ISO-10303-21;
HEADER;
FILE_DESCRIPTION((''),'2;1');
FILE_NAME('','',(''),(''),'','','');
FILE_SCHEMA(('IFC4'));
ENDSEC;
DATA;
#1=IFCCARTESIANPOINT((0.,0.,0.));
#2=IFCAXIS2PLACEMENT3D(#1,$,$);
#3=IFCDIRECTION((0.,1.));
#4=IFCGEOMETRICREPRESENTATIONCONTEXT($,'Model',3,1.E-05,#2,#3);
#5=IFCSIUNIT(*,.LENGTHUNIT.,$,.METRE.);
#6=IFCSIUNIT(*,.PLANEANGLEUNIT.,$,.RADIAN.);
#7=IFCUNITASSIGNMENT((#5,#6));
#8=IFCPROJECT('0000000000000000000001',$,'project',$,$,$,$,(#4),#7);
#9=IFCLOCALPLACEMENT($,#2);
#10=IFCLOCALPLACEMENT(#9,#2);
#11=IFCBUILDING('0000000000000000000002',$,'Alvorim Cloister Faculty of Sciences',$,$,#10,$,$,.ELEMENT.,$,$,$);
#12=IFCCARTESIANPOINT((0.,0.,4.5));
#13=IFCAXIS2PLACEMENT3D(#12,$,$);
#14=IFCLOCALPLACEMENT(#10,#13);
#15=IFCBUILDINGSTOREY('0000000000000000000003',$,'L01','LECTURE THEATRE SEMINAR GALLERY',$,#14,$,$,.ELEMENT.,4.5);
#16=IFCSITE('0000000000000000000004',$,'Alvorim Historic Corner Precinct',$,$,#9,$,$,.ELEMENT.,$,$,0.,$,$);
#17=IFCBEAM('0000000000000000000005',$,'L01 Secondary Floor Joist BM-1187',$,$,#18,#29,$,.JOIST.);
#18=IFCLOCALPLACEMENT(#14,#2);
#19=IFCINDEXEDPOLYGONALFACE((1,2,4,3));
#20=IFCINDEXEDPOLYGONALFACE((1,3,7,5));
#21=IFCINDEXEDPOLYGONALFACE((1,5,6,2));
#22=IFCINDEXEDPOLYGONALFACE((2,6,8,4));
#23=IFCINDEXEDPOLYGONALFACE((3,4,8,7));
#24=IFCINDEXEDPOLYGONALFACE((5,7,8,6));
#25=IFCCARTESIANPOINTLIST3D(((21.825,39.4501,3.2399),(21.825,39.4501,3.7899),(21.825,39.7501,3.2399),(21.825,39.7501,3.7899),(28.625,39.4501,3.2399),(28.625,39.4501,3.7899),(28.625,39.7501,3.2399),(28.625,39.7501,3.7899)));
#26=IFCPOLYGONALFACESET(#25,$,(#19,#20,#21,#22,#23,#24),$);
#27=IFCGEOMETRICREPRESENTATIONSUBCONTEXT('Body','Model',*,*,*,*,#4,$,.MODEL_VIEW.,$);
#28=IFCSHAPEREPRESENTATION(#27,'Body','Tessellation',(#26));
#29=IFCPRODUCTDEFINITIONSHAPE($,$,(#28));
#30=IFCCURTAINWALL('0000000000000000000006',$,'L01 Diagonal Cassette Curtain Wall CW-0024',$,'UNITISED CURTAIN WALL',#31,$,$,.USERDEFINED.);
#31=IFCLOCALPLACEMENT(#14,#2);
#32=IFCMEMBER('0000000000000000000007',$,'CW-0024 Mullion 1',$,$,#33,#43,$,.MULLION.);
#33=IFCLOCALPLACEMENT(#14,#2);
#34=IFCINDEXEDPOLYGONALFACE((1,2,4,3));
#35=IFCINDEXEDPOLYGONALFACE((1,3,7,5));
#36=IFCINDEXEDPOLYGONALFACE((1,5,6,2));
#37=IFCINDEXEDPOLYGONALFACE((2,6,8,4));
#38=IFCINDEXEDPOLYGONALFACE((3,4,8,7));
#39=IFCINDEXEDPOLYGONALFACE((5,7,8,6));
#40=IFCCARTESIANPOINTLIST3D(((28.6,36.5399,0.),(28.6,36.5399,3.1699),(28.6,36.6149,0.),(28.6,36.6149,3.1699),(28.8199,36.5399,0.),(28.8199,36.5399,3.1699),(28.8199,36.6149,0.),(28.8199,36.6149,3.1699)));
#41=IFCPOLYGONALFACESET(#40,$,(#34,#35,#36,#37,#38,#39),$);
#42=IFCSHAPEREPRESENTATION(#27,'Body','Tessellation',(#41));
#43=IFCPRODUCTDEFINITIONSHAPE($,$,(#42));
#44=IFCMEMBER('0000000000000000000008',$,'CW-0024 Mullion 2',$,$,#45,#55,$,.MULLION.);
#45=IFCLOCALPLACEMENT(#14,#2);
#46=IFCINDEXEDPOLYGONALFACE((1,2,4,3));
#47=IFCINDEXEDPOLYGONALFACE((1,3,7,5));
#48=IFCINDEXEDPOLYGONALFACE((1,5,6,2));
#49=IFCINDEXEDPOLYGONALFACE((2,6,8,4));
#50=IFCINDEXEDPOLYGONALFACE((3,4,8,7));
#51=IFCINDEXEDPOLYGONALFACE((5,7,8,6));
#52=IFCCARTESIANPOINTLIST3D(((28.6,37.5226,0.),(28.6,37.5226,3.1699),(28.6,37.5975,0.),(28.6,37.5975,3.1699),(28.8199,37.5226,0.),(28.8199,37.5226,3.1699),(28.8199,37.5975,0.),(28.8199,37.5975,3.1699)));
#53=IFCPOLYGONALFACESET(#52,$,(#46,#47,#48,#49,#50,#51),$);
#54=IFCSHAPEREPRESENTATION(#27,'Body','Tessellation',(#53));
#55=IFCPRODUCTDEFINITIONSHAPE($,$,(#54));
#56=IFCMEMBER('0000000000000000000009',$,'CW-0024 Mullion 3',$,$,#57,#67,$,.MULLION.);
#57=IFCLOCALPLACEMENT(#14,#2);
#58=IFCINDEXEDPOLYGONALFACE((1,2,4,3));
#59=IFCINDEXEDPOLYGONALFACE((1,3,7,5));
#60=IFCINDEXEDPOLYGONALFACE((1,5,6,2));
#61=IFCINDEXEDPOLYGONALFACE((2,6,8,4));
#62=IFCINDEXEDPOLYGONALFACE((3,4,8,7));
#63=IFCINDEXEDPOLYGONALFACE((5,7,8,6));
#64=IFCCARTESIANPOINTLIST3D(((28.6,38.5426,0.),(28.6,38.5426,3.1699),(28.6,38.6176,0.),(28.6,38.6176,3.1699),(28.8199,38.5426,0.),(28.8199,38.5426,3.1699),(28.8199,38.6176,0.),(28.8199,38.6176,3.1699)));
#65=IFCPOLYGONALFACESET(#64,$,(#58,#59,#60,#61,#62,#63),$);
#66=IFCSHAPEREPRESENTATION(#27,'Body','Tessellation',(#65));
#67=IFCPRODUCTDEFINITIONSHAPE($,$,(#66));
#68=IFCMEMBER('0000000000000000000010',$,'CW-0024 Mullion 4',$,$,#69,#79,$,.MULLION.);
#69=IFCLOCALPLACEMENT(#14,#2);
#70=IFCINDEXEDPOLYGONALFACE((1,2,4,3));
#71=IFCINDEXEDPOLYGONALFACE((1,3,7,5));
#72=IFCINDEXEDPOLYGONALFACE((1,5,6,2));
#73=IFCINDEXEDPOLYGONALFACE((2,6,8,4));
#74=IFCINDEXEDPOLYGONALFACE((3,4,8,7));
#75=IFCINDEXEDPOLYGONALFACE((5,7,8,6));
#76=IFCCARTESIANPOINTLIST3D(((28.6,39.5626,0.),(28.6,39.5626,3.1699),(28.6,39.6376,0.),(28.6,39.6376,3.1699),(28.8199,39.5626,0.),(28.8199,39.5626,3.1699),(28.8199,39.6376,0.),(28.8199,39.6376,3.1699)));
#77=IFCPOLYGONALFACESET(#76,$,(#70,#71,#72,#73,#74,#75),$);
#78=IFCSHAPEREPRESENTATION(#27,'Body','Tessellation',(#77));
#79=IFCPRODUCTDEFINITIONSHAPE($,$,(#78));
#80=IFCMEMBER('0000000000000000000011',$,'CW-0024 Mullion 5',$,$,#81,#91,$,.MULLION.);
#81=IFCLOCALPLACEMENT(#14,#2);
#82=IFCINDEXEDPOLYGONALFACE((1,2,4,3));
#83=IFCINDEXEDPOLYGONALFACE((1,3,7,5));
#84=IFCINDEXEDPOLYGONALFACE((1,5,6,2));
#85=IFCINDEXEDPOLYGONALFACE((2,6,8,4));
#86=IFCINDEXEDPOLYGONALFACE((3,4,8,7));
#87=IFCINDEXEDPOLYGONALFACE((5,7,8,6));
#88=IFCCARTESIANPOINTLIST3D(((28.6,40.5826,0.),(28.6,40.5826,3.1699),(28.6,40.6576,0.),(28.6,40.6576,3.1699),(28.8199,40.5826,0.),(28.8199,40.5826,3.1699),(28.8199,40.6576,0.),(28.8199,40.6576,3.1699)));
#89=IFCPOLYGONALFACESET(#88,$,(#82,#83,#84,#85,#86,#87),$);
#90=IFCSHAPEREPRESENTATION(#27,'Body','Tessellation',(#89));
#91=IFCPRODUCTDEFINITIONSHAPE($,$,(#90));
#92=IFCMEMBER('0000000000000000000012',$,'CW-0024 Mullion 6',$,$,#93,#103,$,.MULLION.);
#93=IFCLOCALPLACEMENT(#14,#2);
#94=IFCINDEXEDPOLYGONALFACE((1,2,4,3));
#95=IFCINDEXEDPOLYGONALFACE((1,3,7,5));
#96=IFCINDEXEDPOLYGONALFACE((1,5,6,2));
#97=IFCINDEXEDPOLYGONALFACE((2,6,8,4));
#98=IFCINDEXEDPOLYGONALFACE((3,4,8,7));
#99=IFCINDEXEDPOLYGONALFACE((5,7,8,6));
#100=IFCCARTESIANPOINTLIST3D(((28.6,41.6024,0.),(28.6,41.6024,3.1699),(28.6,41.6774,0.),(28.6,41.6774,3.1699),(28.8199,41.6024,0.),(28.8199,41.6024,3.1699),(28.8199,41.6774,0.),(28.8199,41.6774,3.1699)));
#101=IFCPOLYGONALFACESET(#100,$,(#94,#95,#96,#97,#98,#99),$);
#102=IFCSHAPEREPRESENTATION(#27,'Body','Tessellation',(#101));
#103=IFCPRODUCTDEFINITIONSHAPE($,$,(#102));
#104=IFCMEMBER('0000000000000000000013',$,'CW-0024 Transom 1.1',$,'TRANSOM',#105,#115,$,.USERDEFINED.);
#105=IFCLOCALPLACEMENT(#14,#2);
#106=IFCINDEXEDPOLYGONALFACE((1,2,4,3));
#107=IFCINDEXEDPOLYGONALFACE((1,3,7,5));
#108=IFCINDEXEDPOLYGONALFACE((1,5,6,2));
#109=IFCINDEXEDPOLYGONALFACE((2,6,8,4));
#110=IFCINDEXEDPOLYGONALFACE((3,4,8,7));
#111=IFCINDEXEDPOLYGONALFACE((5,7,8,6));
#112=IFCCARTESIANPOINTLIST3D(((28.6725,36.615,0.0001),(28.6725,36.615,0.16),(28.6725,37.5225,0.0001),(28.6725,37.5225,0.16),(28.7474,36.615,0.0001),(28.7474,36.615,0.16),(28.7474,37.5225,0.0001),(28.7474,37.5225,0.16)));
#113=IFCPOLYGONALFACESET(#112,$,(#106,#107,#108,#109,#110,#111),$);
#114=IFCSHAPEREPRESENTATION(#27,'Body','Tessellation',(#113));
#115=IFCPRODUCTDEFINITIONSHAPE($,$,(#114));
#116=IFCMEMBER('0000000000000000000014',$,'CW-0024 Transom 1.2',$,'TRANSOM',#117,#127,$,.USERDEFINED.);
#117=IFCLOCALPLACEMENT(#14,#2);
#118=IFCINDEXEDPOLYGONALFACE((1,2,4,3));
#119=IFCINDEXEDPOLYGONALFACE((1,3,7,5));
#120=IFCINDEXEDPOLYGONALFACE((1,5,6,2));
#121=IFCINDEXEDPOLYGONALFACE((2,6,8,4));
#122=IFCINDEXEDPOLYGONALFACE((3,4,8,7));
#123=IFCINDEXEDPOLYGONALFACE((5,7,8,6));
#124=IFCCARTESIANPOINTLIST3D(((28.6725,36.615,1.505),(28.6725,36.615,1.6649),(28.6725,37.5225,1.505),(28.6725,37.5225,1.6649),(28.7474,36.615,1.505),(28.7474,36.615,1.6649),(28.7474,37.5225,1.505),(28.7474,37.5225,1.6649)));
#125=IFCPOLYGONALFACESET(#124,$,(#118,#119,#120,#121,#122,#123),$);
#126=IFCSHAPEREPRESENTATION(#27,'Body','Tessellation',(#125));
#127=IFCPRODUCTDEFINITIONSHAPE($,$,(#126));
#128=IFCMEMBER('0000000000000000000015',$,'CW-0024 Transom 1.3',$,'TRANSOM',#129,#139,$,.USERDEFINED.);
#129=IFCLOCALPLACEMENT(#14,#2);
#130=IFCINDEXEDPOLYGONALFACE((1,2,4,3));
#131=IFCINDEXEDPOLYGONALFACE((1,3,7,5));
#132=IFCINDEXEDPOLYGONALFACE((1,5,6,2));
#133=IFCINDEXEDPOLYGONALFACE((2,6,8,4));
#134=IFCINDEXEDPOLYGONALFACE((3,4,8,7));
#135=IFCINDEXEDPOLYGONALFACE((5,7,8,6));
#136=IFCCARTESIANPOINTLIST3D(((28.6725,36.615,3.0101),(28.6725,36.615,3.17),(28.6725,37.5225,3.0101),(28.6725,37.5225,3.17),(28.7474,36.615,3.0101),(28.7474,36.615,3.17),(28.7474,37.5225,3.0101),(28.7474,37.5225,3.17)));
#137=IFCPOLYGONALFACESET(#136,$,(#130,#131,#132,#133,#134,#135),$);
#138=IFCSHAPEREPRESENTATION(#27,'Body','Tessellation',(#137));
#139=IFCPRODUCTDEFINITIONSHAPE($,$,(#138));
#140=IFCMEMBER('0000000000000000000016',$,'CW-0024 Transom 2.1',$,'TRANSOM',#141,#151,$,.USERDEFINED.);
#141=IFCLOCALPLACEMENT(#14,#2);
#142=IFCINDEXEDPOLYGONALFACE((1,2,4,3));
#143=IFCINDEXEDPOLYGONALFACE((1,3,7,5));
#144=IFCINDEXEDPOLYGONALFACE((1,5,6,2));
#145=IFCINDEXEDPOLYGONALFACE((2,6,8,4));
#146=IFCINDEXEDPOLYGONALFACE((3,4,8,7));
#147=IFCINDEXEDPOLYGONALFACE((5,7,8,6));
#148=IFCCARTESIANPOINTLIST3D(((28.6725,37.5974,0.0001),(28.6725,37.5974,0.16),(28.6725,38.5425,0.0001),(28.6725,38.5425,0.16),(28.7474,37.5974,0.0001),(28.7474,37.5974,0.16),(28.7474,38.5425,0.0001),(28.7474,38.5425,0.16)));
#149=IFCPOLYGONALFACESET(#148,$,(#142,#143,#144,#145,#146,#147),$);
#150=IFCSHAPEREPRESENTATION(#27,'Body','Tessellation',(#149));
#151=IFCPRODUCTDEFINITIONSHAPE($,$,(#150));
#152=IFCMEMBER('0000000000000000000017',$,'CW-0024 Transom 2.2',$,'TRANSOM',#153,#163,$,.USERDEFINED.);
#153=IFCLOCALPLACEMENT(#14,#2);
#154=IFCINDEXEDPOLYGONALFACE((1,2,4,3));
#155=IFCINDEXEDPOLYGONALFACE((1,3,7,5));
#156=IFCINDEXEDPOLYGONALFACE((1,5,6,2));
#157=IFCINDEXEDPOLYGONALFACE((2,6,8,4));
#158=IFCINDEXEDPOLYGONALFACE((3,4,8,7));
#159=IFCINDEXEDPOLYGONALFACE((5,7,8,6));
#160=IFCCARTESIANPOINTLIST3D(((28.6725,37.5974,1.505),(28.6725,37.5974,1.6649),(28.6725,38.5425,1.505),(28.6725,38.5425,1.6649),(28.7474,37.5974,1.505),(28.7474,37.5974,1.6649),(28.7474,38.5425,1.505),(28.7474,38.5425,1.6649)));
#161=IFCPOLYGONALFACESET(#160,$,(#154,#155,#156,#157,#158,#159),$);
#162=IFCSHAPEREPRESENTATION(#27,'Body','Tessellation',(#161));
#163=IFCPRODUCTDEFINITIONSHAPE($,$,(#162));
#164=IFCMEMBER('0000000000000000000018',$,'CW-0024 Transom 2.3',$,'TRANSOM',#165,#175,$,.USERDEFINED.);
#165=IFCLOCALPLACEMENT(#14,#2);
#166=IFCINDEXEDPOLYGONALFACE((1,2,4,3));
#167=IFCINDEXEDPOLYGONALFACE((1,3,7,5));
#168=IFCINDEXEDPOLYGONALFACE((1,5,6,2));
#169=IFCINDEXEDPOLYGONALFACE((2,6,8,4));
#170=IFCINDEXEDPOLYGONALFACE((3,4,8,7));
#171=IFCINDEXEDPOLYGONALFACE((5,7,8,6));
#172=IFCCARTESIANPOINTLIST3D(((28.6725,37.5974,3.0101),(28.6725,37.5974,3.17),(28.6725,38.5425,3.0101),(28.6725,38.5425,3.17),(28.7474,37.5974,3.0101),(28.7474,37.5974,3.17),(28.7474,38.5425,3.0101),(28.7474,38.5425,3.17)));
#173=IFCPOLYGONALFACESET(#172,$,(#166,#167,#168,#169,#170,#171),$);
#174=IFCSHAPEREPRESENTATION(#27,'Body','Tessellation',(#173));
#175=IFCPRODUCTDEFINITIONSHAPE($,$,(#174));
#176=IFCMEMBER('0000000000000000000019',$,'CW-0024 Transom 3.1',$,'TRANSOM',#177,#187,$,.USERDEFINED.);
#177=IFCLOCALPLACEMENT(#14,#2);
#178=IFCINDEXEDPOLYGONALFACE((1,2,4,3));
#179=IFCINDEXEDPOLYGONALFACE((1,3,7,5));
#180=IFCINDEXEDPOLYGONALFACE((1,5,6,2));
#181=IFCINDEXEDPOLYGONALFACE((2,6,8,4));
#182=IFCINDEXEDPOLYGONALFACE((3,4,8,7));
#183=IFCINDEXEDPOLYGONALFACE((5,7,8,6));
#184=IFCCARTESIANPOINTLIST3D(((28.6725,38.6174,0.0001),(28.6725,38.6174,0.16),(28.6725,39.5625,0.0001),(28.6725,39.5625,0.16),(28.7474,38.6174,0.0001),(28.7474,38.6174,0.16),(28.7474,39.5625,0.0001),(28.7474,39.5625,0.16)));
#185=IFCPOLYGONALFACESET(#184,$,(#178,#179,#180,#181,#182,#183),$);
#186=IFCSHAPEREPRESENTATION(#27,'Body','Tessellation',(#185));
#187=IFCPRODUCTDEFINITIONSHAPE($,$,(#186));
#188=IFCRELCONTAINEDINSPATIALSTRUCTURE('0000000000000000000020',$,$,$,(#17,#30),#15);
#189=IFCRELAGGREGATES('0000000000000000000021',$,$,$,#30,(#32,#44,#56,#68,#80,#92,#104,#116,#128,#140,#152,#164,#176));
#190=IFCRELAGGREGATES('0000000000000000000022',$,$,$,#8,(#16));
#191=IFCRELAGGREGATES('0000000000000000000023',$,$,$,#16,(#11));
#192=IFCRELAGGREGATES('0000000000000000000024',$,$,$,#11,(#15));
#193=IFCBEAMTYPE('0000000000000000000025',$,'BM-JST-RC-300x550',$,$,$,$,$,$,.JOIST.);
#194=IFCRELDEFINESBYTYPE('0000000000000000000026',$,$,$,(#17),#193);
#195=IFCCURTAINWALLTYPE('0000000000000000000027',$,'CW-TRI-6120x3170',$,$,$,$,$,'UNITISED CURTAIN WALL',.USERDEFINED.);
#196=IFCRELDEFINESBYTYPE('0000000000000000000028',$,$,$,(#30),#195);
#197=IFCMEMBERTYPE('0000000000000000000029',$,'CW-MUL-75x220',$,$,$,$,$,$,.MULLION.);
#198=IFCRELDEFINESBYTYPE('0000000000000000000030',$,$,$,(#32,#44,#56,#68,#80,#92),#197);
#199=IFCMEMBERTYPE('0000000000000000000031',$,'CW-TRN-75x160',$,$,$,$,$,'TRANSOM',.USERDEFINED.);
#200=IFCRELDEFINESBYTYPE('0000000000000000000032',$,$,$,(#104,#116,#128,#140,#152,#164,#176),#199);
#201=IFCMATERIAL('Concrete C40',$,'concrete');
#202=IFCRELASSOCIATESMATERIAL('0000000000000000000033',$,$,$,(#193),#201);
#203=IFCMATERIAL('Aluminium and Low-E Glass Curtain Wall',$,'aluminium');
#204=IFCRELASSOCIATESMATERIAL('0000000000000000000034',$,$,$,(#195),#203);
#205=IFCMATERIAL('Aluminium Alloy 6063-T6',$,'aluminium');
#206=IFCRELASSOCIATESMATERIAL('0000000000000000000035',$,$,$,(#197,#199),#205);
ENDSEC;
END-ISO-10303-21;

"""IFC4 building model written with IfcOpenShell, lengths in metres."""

from ifc_helpers import new_model, si_unit, direction, frame, origin, origin_2d, place, context, subcontext, project, spatial, rectangle, extrude, material, material_profile, profile_set, type_object, element, aggregate, save


model = new_model("IFC4")

# Units and contexts
model_context = context("Model", 3, precision=1e-05, world=origin(), true_north=direction((0.0, 1.0)))
body_context = subcontext(model_context, "Body", "Model", "MODEL_VIEW")
ifc_project = project(units=[si_unit("LENGTHUNIT", "METRE"), si_unit("PLANEANGLEUNIT", "RADIAN")], contexts=[model_context])

# Site, building, storey
site_placement = place(None, origin())
site = spatial("IfcSite", under=ifc_project, at=site_placement, Name="Alvorim Historic Corner Precinct", CompositionType="ELEMENT", RefElevation=0.0)
building_placement = place(site_placement, origin())
building = spatial("IfcBuilding", under=site, at=building_placement, Name="Alvorim Cloister Faculty of Sciences", CompositionType="ELEMENT")
storey_placement = place(building_placement, frame((0.0, 0.0, 4.5)))
storey = spatial("IfcBuildingStorey", under=building, at=storey_placement, Name="L01", Description="LECTURE THEATRE SEMINAR GALLERY", CompositionType="ELEMENT", Elevation=4.5)

# Beam
ifc_material_1 = material(Name="Concrete C40", Category="concrete")
ifc_material_profile_1 = material_profile(ifc_material_1, rectangle(XDim=0.3, YDim=0.55, at=origin_2d()), Name="RC40-JST-300x550")
ifc_profile_set_1 = profile_set([ifc_material_profile_1], Name="Concrete C40")
beam_type = type_object("IfcBeamType", Name="BM-JST-RC-300x550", PredefinedType="JOIST", material=ifc_profile_set_1)
beam_placement = place(storey_placement, frame((21.825, 39.6001, 3.5149), z_axis=(1.0, 0.0, 0.0), x_axis=(0.0, 1.0, 0.0)))
element("IfcBeam", 1, at=beam_placement, inside=storey, type_object=beam_type, Name="L01 Secondary Floor Joist BM-1187", PredefinedType="JOIST", context=body_context, shape_type="SweptSolid", body=[
    extrude(rectangle(XDim=0.3, YDim=0.55, at=origin_2d()), origin(), (0.0, 0.0, 1.0), 6.8),
])

# Curtain wall, members
ifc_material_2 = material(Name="Aluminium and Low-E Glass Curtain Wall", Category="aluminium")
curtain_wall_type = type_object("IfcCurtainWallType", Name="CW-TRI-6120x3170", ElementType="UNITISED CURTAIN WALL", PredefinedType="USERDEFINED", material=ifc_material_2)
curtain_wall_placement = place(storey_placement, origin())
curtain_wall = element("IfcCurtainWall", 2, at=curtain_wall_placement, inside=storey, type_object=curtain_wall_type, Name="L01 Diagonal Cassette Curtain Wall CW-0024", ObjectType="UNITISED CURTAIN WALL", PredefinedType="USERDEFINED")
ifc_material_3 = material(Name="Aluminium Alloy 6063-T6", Category="aluminium")
ifc_material_profile_2 = material_profile(ifc_material_3, rectangle(XDim=0.075, YDim=0.22, at=origin_2d()), Name="ALU-MUL-75x220")
ifc_profile_set_2 = profile_set([ifc_material_profile_2], Name="Aluminium Alloy 6063-T6")
member_type_1 = type_object("IfcMemberType", Name="CW-MUL-75x220", PredefinedType="MULLION", material=ifc_profile_set_2)
member_1_placement = place(storey_placement, frame((28.71, 36.5774, 0.0), z_axis=(0.0, 0.0, 1.0), x_axis=(0.0, 1.0, 0.0)))
member_1 = element("IfcMember", 3, at=member_1_placement, type_object=member_type_1, Name="CW-0024 Mullion 1", PredefinedType="MULLION", context=body_context, shape_type="SweptSolid", body=[
    extrude(rectangle(XDim=0.075, YDim=0.22, at=origin_2d()), origin(), (0.0, 0.0, 1.0), 3.1699),
])
member_2_placement = place(storey_placement, frame((28.71, 37.5601, 0.0), z_axis=(0.0, 0.0, 1.0), x_axis=(0.0, 1.0, 0.0)))
member_2 = element("IfcMember", 4, at=member_2_placement, type_object=member_type_1, Name="CW-0024 Mullion 2", PredefinedType="MULLION", context=body_context, shape_type="SweptSolid", body=[
    extrude(rectangle(XDim=0.075, YDim=0.22, at=origin_2d()), origin(), (0.0, 0.0, 1.0), 3.1699),
])
member_3_placement = place(storey_placement, frame((28.71, 38.5801, 0.0), z_axis=(0.0, 0.0, 1.0), x_axis=(0.0, 1.0, 0.0)))
member_3 = element("IfcMember", 5, at=member_3_placement, type_object=member_type_1, Name="CW-0024 Mullion 3", PredefinedType="MULLION", context=body_context, shape_type="SweptSolid", body=[
    extrude(rectangle(XDim=0.075, YDim=0.22, at=origin_2d()), origin(), (0.0, 0.0, 1.0), 3.1699),
])
member_4_placement = place(storey_placement, frame((28.71, 39.6001, 0.0), z_axis=(0.0, 0.0, 1.0), x_axis=(0.0, 1.0, 0.0)))
member_4 = element("IfcMember", 6, at=member_4_placement, type_object=member_type_1, Name="CW-0024 Mullion 4", PredefinedType="MULLION", context=body_context, shape_type="SweptSolid", body=[
    extrude(rectangle(XDim=0.075, YDim=0.22, at=origin_2d()), origin(), (0.0, 0.0, 1.0), 3.1699),
])
member_5_placement = place(storey_placement, frame((28.71, 40.6201, 0.0), z_axis=(0.0, 0.0, 1.0), x_axis=(0.0, 1.0, 0.0)))
member_5 = element("IfcMember", 7, at=member_5_placement, type_object=member_type_1, Name="CW-0024 Mullion 5", PredefinedType="MULLION", context=body_context, shape_type="SweptSolid", body=[
    extrude(rectangle(XDim=0.075, YDim=0.22, at=origin_2d()), origin(), (0.0, 0.0, 1.0), 3.1699),
])
member_6_placement = place(storey_placement, frame((28.71, 41.6399, 0.0), z_axis=(0.0, 0.0, 1.0), x_axis=(0.0, 1.0, 0.0)))
member_6 = element("IfcMember", 8, at=member_6_placement, type_object=member_type_1, Name="CW-0024 Mullion 6", PredefinedType="MULLION", context=body_context, shape_type="SweptSolid", body=[
    extrude(rectangle(XDim=0.075, YDim=0.22, at=origin_2d()), origin(), (0.0, 0.0, 1.0), 3.1699),
])
ifc_material_profile_3 = material_profile(ifc_material_3, rectangle(XDim=0.075, YDim=0.1599, at=origin_2d()), Name="ALU-TRN-75x160")
ifc_profile_set_3 = profile_set([ifc_material_profile_3], Name="Aluminium Alloy 6063-T6")
member_type_2 = type_object("IfcMemberType", Name="CW-TRN-75x160", ElementType="TRANSOM", PredefinedType="USERDEFINED", material=ifc_profile_set_3)
member_7_placement = place(storey_placement, frame((28.71, 36.615, 0.0801), z_axis=(0.0, 1.0, 0.0), x_axis=(-1.0, 0.0, 0.0)))
member_7 = element("IfcMember", 9, at=member_7_placement, type_object=member_type_2, Name="CW-0024 Transom 1.1", ObjectType="TRANSOM", PredefinedType="USERDEFINED", context=body_context, shape_type="SweptSolid", body=[
    extrude(rectangle(XDim=0.075, YDim=0.1599, at=origin_2d()), origin(), (0.0, 0.0, 1.0), 0.9075),
])
member_8_placement = place(storey_placement, frame((28.71, 36.615, 1.585), z_axis=(0.0, 1.0, 0.0), x_axis=(-1.0, 0.0, 0.0)))
member_8 = element("IfcMember", 10, at=member_8_placement, type_object=member_type_2, Name="CW-0024 Transom 1.2", ObjectType="TRANSOM", PredefinedType="USERDEFINED", context=body_context, shape_type="SweptSolid", body=[
    extrude(rectangle(XDim=0.075, YDim=0.1599, at=origin_2d()), origin(), (0.0, 0.0, 1.0), 0.9075),
])
member_9_placement = place(storey_placement, frame((28.71, 36.615, 3.0901), z_axis=(0.0, 1.0, 0.0), x_axis=(-1.0, 0.0, 0.0)))
member_9 = element("IfcMember", 11, at=member_9_placement, type_object=member_type_2, Name="CW-0024 Transom 1.3", ObjectType="TRANSOM", PredefinedType="USERDEFINED", context=body_context, shape_type="SweptSolid", body=[
    extrude(rectangle(XDim=0.075, YDim=0.1599, at=origin_2d()), origin(), (0.0, 0.0, 1.0), 0.9075),
])
member_10_placement = place(storey_placement, frame((28.71, 37.5974, 0.0801), z_axis=(0.0, 1.0, 0.0), x_axis=(-1.0, 0.0, 0.0)))
member_10 = element("IfcMember", 12, at=member_10_placement, type_object=member_type_2, Name="CW-0024 Transom 2.1", ObjectType="TRANSOM", PredefinedType="USERDEFINED", context=body_context, shape_type="SweptSolid", body=[
    extrude(rectangle(XDim=0.075, YDim=0.1599, at=origin_2d()), origin(), (0.0, 0.0, 1.0), 0.9451),
])
member_11_placement = place(storey_placement, frame((28.71, 37.5974, 1.585), z_axis=(0.0, 1.0, 0.0), x_axis=(-1.0, 0.0, 0.0)))
member_11 = element("IfcMember", 13, at=member_11_placement, type_object=member_type_2, Name="CW-0024 Transom 2.2", ObjectType="TRANSOM", PredefinedType="USERDEFINED", context=body_context, shape_type="SweptSolid", body=[
    extrude(rectangle(XDim=0.075, YDim=0.1599, at=origin_2d()), origin(), (0.0, 0.0, 1.0), 0.9451),
])
member_12_placement = place(storey_placement, frame((28.71, 37.5974, 3.0901), z_axis=(0.0, 1.0, 0.0), x_axis=(-1.0, 0.0, 0.0)))
member_12 = element("IfcMember", 14, at=member_12_placement, type_object=member_type_2, Name="CW-0024 Transom 2.3", ObjectType="TRANSOM", PredefinedType="USERDEFINED", context=body_context, shape_type="SweptSolid", body=[
    extrude(rectangle(XDim=0.075, YDim=0.1599, at=origin_2d()), origin(), (0.0, 0.0, 1.0), 0.9451),
])
member_13_placement = place(storey_placement, frame((28.71, 38.6174, 0.0801), z_axis=(0.0, 1.0, 0.0), x_axis=(-1.0, 0.0, 0.0)))
member_13 = element("IfcMember", 15, at=member_13_placement, type_object=member_type_2, Name="CW-0024 Transom 3.1", ObjectType="TRANSOM", PredefinedType="USERDEFINED", context=body_context, shape_type="SweptSolid", body=[
    extrude(rectangle(XDim=0.075, YDim=0.1599, at=origin_2d()), origin(), (0.0, 0.0, 1.0), 0.9451),
])
aggregate(curtain_wall, [member_1, member_2, member_3, member_4, member_5, member_6, member_7, member_8, member_9, member_10, member_11, member_12, member_13])

save(model, "model.ifc")
